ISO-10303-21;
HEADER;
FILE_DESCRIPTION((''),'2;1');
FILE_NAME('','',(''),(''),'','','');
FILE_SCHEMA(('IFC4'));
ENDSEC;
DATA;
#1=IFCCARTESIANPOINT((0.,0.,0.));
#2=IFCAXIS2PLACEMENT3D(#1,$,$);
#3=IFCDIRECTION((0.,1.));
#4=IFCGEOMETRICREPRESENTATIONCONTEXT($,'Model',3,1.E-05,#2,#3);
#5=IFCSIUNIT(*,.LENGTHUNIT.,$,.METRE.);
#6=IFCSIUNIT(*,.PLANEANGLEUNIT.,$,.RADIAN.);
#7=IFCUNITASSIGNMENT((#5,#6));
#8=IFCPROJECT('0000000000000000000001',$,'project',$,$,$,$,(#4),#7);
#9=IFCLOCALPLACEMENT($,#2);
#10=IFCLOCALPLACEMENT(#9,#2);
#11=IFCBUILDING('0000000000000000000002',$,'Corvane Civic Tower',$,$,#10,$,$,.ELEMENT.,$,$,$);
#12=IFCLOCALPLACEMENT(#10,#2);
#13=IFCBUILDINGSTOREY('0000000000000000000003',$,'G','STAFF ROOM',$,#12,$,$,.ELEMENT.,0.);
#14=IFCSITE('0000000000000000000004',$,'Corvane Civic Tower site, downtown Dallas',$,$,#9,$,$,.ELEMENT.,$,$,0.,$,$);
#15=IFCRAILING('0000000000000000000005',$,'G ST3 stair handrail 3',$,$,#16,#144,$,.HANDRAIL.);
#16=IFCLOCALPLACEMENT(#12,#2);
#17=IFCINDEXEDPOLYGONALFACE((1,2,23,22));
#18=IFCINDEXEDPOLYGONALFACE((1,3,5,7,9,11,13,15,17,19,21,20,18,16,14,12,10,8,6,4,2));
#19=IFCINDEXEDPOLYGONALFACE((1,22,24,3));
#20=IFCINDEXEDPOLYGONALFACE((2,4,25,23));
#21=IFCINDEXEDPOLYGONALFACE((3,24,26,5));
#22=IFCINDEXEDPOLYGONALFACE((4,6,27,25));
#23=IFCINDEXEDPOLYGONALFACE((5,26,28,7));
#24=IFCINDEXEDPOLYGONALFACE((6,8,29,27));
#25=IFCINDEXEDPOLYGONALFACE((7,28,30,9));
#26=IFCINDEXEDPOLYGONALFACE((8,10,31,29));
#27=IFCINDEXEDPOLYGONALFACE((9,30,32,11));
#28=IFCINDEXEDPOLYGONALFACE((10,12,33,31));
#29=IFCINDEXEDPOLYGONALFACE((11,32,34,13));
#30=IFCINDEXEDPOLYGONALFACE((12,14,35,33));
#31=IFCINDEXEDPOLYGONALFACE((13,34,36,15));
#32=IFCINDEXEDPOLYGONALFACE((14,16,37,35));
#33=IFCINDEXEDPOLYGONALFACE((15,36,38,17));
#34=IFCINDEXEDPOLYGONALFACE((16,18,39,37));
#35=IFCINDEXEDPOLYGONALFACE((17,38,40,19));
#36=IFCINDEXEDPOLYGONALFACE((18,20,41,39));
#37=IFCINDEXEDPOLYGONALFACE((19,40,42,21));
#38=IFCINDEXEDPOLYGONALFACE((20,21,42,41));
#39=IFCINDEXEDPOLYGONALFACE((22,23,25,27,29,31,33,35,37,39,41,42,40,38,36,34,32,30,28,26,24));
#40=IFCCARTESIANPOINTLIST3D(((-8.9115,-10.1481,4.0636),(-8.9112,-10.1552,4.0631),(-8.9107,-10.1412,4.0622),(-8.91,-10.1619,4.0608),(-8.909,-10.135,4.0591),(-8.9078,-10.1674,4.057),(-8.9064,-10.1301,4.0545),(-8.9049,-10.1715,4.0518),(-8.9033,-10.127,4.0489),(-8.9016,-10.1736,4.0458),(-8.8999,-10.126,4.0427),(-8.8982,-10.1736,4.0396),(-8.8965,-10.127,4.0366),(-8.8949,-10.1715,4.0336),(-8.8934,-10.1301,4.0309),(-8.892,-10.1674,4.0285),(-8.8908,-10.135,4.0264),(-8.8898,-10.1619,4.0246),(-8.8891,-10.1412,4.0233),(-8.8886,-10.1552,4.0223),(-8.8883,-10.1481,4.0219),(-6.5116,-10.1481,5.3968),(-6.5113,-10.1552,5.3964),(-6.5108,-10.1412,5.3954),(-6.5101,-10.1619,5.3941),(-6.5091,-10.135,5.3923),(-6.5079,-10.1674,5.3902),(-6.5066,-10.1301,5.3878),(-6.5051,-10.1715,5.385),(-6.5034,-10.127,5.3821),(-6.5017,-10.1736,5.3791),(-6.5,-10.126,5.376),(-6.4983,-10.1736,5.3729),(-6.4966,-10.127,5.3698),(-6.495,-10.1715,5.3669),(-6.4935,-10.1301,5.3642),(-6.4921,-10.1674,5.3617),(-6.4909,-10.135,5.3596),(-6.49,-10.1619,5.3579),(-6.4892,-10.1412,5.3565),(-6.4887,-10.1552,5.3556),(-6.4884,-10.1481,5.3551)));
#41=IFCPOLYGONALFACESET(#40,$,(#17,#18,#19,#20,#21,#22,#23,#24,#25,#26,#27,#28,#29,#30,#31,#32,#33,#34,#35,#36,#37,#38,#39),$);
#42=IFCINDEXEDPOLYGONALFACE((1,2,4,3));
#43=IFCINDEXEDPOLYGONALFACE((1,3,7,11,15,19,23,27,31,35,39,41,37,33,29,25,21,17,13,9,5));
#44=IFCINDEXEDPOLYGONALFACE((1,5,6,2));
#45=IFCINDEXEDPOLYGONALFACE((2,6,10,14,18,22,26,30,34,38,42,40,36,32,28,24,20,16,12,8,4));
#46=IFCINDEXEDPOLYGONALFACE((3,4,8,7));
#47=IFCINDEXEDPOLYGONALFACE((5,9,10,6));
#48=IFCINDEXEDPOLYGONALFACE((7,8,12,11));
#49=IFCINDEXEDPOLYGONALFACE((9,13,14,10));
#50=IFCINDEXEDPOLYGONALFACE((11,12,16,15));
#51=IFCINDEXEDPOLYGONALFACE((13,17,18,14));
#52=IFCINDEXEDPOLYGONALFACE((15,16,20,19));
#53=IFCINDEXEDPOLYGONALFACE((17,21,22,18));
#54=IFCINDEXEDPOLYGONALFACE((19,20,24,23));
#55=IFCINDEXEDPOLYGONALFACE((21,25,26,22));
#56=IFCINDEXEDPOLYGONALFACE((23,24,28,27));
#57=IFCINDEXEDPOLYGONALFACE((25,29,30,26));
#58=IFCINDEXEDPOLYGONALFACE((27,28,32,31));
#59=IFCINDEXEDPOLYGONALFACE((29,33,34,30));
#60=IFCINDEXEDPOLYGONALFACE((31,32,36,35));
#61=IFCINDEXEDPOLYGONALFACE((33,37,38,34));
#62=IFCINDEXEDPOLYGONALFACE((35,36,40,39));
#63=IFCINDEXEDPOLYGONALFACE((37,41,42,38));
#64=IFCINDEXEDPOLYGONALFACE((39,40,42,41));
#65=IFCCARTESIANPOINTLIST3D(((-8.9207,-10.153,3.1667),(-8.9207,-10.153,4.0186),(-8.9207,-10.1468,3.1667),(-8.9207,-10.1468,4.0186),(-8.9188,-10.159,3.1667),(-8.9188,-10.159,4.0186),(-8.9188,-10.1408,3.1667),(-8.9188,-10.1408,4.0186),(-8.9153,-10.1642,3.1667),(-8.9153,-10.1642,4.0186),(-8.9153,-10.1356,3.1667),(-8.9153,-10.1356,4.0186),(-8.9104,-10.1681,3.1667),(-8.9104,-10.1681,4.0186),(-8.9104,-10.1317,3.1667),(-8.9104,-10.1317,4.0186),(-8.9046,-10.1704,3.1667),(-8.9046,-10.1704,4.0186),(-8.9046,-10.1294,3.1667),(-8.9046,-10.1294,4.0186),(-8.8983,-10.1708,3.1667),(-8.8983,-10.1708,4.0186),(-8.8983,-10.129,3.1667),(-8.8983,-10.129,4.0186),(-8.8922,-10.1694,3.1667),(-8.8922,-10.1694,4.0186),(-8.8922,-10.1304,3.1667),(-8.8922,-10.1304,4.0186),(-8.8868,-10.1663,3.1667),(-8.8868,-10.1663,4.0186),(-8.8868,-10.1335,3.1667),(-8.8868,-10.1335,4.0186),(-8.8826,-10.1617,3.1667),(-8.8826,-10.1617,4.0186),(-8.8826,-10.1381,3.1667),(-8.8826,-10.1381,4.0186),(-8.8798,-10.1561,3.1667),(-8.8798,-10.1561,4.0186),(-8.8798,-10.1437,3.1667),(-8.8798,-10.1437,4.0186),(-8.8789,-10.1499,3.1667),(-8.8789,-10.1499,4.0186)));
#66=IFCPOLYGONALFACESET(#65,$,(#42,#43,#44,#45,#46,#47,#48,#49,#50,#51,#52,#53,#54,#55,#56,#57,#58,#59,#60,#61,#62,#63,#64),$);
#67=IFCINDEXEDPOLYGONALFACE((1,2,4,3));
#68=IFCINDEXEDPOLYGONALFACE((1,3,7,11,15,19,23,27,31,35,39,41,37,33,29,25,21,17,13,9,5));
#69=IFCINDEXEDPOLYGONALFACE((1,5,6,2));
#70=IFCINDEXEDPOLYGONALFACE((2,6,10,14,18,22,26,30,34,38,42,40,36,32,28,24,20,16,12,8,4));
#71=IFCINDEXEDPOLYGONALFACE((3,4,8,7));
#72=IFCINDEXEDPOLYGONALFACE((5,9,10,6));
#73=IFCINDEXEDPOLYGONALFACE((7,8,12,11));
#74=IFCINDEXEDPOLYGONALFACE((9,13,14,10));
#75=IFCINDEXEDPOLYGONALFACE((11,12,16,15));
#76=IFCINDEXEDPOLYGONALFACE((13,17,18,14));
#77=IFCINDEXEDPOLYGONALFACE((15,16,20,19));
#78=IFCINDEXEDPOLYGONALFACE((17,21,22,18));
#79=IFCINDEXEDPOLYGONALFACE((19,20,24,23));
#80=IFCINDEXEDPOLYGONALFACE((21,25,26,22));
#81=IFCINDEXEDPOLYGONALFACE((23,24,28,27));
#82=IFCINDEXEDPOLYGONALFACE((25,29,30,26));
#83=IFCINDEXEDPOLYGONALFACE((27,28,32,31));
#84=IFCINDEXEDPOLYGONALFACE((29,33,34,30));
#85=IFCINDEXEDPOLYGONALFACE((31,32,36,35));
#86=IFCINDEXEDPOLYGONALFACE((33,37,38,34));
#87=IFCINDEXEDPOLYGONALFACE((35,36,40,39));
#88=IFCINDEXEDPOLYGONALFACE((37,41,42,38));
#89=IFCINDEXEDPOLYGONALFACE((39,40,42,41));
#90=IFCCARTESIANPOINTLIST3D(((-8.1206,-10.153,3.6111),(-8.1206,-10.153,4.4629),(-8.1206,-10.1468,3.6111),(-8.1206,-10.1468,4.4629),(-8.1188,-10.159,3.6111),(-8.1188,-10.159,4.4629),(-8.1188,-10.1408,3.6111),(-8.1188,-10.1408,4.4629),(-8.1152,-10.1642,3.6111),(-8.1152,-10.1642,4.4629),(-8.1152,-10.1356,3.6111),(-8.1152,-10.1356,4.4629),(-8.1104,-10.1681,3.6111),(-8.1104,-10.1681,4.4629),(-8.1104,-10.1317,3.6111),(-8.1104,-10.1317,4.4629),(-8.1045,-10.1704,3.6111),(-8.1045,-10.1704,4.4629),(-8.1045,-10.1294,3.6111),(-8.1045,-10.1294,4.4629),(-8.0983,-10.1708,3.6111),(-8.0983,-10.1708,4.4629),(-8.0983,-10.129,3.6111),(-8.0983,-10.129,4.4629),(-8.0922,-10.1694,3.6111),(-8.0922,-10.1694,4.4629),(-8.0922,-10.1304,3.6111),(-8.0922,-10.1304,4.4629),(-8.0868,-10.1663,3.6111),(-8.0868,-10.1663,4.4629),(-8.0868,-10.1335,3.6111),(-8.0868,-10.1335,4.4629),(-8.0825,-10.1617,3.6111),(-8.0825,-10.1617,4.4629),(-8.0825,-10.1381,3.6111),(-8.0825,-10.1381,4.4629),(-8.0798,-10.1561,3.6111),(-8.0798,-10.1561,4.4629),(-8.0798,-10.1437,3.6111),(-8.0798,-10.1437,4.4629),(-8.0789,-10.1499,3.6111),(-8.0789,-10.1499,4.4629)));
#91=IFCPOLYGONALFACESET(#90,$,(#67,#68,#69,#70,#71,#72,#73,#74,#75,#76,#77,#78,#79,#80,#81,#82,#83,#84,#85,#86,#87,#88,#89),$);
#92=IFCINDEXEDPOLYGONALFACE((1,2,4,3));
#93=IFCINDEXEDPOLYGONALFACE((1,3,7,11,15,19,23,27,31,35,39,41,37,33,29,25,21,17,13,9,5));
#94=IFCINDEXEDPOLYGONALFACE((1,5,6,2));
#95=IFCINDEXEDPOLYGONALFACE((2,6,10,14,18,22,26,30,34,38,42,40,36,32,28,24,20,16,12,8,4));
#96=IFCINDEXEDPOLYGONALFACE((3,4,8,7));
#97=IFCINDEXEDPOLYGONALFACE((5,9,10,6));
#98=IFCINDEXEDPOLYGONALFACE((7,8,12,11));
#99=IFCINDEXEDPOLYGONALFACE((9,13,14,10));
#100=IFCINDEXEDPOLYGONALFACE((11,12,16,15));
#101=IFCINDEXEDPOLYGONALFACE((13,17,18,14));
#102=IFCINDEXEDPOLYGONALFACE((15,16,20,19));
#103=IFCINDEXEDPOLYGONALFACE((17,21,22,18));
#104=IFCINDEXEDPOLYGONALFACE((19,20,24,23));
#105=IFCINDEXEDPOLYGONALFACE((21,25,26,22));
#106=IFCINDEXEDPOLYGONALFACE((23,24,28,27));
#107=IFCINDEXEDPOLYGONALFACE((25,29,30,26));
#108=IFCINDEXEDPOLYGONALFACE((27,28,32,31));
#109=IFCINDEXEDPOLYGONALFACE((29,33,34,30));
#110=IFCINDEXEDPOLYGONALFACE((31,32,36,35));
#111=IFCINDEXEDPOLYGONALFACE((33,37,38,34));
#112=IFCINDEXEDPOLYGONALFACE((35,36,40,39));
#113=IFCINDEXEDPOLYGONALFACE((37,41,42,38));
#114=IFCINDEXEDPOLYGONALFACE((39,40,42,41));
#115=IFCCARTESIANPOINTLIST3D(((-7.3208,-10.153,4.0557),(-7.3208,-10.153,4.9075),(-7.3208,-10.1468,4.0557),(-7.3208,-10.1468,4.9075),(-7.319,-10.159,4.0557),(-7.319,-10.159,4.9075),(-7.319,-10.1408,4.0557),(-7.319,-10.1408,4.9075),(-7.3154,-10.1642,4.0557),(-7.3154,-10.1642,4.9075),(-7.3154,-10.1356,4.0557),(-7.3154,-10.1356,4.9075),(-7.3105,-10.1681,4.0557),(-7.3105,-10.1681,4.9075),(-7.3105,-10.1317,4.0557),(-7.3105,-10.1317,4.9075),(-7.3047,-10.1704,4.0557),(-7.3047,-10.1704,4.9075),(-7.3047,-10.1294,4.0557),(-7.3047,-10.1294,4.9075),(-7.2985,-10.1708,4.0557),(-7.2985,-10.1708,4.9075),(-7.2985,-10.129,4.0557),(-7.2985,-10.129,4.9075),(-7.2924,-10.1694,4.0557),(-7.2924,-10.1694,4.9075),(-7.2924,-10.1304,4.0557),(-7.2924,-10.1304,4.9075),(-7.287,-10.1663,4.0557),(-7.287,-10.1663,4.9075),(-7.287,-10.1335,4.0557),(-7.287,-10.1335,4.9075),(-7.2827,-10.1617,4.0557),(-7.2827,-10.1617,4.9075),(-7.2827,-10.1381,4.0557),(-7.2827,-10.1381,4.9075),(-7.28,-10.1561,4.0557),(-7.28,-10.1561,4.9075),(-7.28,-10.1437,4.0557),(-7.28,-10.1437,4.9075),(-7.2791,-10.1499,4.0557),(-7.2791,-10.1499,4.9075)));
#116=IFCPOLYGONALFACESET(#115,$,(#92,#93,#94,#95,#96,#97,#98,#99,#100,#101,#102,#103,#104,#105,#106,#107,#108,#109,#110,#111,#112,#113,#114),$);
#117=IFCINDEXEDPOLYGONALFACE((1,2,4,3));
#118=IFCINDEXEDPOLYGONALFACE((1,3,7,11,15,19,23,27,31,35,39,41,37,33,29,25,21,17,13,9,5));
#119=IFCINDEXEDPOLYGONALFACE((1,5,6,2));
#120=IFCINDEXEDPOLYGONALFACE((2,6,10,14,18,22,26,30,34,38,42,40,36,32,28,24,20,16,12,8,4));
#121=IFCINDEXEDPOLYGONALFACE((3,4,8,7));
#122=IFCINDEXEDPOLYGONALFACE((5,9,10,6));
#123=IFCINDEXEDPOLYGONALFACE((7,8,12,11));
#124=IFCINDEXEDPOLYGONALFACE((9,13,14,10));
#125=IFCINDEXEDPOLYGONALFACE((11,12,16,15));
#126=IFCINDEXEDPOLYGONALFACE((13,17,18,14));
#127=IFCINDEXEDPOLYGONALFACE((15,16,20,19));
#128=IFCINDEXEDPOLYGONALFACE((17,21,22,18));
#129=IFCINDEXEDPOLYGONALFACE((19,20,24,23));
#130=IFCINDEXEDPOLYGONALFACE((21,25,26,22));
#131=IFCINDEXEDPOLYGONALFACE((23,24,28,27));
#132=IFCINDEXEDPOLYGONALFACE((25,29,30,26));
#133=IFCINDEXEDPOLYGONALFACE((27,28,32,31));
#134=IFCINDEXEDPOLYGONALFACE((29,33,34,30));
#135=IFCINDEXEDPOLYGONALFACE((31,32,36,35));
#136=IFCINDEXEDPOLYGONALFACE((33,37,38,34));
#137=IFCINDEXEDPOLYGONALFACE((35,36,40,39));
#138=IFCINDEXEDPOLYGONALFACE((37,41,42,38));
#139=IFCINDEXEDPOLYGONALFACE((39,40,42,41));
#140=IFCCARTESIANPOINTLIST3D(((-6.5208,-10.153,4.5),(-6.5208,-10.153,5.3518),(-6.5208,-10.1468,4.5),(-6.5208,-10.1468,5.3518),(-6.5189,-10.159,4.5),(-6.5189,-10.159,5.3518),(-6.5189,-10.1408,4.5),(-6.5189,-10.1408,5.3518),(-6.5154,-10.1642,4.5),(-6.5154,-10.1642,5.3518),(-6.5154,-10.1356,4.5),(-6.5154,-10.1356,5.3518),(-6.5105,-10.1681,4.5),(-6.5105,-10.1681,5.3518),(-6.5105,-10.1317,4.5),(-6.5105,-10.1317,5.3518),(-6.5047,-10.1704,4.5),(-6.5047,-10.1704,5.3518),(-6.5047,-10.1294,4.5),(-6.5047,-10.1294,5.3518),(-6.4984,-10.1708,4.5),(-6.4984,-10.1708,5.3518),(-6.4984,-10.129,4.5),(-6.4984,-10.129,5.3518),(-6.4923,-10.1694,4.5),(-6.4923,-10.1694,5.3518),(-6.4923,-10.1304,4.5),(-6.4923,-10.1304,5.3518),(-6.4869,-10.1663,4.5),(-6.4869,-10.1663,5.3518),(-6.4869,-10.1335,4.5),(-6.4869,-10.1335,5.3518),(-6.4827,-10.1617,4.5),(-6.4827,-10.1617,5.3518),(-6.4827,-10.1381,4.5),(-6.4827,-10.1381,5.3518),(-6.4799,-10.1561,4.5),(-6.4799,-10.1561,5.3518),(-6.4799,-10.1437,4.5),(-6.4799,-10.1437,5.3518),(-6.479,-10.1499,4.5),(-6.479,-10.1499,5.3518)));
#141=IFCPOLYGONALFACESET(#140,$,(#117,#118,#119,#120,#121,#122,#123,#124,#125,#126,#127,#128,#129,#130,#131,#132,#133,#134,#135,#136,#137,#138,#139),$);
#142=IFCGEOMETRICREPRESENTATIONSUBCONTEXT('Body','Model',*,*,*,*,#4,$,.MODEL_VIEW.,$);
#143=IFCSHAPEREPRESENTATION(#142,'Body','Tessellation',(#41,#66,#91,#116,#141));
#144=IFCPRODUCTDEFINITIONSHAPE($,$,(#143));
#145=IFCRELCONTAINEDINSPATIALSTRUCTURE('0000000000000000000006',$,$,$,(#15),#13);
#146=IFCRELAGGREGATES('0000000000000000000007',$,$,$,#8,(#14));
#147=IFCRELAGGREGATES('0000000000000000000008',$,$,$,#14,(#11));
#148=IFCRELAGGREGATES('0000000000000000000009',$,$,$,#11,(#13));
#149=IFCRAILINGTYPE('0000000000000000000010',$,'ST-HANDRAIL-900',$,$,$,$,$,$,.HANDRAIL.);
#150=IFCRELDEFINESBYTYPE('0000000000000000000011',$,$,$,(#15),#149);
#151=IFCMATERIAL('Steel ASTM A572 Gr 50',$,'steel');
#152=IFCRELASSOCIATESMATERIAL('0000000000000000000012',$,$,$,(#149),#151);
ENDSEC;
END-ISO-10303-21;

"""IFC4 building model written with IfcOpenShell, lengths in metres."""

from ifc_helpers import new_model, si_unit, direction, frame, origin, origin_2d, place, context, subcontext, project, spatial, circle, extrude, material, type_object, element, save


model = new_model("IFC4")

# Units and contexts
model_context = context("Model", 3, precision=1e-05, world=origin(), true_north=direction((0.0, 1.0)))
body_context = subcontext(model_context, "Body", "Model", "MODEL_VIEW")
ifc_project = project(units=[si_unit("LENGTHUNIT", "METRE"), si_unit("PLANEANGLEUNIT", "RADIAN")], contexts=[model_context])

# Site, building, storey
site_placement = place(None, origin())
site = spatial("IfcSite", under=ifc_project, at=site_placement, Name="Corvane Civic Tower site, downtown Dallas", CompositionType="ELEMENT", RefElevation=0.0)
building_placement = place(site_placement, origin())
building = spatial("IfcBuilding", under=site, at=building_placement, Name="Corvane Civic Tower", CompositionType="ELEMENT")
storey_placement = place(building_placement, origin())
storey = spatial("IfcBuildingStorey", under=building, at=storey_placement, Name="G", Description="STAFF ROOM", CompositionType="ELEMENT", Elevation=0.0)

# Railing
ifc_material_1 = material(Name="Steel ASTM A572 Gr 50", Category="steel")
railing_type = type_object("IfcRailingType", Name="ST-HANDRAIL-900", PredefinedType="HANDRAIL", material=ifc_material_1)
for number, where, name in (
    (1, (-8.8999, -10.1499, 3.1667), "G ST3 stair handrail 3"),
):
    element("IfcRailing", number, at=place(storey_placement, frame(where)), inside=storey, type_object=railing_type, Name=name, PredefinedType="HANDRAIL", context=body_context, shape_type="SweptSolid", body=[
        extrude(circle(Radius=0.0239, at=origin_2d()), frame((0.0, 0.0, 0.876), z_axis=(0.874161, 0.0, 0.485635), x_axis=(0.0, 1.0, 0.0)), (0.0, 0.0, 1.0), 2.7454),
        extrude(circle(Radius=0.021, at=origin_2d()), origin(), (0.0, 0.0, 1.0), 0.8518),
        extrude(circle(Radius=0.021, at=origin_2d()), frame((0.8, 0.0, 0.4443)), (0.0, 0.0, 1.0), 0.8518),
        extrude(circle(Radius=0.021, at=origin_2d()), frame((1.5999, 0.0, 0.8889)), (0.0, 0.0, 1.0), 0.8518),
        extrude(circle(Radius=0.021, at=origin_2d()), frame((2.3999, 0.0, 1.3333)), (0.0, 0.0, 1.0), 0.8518),
    ])

save(model, "model.ifc")
